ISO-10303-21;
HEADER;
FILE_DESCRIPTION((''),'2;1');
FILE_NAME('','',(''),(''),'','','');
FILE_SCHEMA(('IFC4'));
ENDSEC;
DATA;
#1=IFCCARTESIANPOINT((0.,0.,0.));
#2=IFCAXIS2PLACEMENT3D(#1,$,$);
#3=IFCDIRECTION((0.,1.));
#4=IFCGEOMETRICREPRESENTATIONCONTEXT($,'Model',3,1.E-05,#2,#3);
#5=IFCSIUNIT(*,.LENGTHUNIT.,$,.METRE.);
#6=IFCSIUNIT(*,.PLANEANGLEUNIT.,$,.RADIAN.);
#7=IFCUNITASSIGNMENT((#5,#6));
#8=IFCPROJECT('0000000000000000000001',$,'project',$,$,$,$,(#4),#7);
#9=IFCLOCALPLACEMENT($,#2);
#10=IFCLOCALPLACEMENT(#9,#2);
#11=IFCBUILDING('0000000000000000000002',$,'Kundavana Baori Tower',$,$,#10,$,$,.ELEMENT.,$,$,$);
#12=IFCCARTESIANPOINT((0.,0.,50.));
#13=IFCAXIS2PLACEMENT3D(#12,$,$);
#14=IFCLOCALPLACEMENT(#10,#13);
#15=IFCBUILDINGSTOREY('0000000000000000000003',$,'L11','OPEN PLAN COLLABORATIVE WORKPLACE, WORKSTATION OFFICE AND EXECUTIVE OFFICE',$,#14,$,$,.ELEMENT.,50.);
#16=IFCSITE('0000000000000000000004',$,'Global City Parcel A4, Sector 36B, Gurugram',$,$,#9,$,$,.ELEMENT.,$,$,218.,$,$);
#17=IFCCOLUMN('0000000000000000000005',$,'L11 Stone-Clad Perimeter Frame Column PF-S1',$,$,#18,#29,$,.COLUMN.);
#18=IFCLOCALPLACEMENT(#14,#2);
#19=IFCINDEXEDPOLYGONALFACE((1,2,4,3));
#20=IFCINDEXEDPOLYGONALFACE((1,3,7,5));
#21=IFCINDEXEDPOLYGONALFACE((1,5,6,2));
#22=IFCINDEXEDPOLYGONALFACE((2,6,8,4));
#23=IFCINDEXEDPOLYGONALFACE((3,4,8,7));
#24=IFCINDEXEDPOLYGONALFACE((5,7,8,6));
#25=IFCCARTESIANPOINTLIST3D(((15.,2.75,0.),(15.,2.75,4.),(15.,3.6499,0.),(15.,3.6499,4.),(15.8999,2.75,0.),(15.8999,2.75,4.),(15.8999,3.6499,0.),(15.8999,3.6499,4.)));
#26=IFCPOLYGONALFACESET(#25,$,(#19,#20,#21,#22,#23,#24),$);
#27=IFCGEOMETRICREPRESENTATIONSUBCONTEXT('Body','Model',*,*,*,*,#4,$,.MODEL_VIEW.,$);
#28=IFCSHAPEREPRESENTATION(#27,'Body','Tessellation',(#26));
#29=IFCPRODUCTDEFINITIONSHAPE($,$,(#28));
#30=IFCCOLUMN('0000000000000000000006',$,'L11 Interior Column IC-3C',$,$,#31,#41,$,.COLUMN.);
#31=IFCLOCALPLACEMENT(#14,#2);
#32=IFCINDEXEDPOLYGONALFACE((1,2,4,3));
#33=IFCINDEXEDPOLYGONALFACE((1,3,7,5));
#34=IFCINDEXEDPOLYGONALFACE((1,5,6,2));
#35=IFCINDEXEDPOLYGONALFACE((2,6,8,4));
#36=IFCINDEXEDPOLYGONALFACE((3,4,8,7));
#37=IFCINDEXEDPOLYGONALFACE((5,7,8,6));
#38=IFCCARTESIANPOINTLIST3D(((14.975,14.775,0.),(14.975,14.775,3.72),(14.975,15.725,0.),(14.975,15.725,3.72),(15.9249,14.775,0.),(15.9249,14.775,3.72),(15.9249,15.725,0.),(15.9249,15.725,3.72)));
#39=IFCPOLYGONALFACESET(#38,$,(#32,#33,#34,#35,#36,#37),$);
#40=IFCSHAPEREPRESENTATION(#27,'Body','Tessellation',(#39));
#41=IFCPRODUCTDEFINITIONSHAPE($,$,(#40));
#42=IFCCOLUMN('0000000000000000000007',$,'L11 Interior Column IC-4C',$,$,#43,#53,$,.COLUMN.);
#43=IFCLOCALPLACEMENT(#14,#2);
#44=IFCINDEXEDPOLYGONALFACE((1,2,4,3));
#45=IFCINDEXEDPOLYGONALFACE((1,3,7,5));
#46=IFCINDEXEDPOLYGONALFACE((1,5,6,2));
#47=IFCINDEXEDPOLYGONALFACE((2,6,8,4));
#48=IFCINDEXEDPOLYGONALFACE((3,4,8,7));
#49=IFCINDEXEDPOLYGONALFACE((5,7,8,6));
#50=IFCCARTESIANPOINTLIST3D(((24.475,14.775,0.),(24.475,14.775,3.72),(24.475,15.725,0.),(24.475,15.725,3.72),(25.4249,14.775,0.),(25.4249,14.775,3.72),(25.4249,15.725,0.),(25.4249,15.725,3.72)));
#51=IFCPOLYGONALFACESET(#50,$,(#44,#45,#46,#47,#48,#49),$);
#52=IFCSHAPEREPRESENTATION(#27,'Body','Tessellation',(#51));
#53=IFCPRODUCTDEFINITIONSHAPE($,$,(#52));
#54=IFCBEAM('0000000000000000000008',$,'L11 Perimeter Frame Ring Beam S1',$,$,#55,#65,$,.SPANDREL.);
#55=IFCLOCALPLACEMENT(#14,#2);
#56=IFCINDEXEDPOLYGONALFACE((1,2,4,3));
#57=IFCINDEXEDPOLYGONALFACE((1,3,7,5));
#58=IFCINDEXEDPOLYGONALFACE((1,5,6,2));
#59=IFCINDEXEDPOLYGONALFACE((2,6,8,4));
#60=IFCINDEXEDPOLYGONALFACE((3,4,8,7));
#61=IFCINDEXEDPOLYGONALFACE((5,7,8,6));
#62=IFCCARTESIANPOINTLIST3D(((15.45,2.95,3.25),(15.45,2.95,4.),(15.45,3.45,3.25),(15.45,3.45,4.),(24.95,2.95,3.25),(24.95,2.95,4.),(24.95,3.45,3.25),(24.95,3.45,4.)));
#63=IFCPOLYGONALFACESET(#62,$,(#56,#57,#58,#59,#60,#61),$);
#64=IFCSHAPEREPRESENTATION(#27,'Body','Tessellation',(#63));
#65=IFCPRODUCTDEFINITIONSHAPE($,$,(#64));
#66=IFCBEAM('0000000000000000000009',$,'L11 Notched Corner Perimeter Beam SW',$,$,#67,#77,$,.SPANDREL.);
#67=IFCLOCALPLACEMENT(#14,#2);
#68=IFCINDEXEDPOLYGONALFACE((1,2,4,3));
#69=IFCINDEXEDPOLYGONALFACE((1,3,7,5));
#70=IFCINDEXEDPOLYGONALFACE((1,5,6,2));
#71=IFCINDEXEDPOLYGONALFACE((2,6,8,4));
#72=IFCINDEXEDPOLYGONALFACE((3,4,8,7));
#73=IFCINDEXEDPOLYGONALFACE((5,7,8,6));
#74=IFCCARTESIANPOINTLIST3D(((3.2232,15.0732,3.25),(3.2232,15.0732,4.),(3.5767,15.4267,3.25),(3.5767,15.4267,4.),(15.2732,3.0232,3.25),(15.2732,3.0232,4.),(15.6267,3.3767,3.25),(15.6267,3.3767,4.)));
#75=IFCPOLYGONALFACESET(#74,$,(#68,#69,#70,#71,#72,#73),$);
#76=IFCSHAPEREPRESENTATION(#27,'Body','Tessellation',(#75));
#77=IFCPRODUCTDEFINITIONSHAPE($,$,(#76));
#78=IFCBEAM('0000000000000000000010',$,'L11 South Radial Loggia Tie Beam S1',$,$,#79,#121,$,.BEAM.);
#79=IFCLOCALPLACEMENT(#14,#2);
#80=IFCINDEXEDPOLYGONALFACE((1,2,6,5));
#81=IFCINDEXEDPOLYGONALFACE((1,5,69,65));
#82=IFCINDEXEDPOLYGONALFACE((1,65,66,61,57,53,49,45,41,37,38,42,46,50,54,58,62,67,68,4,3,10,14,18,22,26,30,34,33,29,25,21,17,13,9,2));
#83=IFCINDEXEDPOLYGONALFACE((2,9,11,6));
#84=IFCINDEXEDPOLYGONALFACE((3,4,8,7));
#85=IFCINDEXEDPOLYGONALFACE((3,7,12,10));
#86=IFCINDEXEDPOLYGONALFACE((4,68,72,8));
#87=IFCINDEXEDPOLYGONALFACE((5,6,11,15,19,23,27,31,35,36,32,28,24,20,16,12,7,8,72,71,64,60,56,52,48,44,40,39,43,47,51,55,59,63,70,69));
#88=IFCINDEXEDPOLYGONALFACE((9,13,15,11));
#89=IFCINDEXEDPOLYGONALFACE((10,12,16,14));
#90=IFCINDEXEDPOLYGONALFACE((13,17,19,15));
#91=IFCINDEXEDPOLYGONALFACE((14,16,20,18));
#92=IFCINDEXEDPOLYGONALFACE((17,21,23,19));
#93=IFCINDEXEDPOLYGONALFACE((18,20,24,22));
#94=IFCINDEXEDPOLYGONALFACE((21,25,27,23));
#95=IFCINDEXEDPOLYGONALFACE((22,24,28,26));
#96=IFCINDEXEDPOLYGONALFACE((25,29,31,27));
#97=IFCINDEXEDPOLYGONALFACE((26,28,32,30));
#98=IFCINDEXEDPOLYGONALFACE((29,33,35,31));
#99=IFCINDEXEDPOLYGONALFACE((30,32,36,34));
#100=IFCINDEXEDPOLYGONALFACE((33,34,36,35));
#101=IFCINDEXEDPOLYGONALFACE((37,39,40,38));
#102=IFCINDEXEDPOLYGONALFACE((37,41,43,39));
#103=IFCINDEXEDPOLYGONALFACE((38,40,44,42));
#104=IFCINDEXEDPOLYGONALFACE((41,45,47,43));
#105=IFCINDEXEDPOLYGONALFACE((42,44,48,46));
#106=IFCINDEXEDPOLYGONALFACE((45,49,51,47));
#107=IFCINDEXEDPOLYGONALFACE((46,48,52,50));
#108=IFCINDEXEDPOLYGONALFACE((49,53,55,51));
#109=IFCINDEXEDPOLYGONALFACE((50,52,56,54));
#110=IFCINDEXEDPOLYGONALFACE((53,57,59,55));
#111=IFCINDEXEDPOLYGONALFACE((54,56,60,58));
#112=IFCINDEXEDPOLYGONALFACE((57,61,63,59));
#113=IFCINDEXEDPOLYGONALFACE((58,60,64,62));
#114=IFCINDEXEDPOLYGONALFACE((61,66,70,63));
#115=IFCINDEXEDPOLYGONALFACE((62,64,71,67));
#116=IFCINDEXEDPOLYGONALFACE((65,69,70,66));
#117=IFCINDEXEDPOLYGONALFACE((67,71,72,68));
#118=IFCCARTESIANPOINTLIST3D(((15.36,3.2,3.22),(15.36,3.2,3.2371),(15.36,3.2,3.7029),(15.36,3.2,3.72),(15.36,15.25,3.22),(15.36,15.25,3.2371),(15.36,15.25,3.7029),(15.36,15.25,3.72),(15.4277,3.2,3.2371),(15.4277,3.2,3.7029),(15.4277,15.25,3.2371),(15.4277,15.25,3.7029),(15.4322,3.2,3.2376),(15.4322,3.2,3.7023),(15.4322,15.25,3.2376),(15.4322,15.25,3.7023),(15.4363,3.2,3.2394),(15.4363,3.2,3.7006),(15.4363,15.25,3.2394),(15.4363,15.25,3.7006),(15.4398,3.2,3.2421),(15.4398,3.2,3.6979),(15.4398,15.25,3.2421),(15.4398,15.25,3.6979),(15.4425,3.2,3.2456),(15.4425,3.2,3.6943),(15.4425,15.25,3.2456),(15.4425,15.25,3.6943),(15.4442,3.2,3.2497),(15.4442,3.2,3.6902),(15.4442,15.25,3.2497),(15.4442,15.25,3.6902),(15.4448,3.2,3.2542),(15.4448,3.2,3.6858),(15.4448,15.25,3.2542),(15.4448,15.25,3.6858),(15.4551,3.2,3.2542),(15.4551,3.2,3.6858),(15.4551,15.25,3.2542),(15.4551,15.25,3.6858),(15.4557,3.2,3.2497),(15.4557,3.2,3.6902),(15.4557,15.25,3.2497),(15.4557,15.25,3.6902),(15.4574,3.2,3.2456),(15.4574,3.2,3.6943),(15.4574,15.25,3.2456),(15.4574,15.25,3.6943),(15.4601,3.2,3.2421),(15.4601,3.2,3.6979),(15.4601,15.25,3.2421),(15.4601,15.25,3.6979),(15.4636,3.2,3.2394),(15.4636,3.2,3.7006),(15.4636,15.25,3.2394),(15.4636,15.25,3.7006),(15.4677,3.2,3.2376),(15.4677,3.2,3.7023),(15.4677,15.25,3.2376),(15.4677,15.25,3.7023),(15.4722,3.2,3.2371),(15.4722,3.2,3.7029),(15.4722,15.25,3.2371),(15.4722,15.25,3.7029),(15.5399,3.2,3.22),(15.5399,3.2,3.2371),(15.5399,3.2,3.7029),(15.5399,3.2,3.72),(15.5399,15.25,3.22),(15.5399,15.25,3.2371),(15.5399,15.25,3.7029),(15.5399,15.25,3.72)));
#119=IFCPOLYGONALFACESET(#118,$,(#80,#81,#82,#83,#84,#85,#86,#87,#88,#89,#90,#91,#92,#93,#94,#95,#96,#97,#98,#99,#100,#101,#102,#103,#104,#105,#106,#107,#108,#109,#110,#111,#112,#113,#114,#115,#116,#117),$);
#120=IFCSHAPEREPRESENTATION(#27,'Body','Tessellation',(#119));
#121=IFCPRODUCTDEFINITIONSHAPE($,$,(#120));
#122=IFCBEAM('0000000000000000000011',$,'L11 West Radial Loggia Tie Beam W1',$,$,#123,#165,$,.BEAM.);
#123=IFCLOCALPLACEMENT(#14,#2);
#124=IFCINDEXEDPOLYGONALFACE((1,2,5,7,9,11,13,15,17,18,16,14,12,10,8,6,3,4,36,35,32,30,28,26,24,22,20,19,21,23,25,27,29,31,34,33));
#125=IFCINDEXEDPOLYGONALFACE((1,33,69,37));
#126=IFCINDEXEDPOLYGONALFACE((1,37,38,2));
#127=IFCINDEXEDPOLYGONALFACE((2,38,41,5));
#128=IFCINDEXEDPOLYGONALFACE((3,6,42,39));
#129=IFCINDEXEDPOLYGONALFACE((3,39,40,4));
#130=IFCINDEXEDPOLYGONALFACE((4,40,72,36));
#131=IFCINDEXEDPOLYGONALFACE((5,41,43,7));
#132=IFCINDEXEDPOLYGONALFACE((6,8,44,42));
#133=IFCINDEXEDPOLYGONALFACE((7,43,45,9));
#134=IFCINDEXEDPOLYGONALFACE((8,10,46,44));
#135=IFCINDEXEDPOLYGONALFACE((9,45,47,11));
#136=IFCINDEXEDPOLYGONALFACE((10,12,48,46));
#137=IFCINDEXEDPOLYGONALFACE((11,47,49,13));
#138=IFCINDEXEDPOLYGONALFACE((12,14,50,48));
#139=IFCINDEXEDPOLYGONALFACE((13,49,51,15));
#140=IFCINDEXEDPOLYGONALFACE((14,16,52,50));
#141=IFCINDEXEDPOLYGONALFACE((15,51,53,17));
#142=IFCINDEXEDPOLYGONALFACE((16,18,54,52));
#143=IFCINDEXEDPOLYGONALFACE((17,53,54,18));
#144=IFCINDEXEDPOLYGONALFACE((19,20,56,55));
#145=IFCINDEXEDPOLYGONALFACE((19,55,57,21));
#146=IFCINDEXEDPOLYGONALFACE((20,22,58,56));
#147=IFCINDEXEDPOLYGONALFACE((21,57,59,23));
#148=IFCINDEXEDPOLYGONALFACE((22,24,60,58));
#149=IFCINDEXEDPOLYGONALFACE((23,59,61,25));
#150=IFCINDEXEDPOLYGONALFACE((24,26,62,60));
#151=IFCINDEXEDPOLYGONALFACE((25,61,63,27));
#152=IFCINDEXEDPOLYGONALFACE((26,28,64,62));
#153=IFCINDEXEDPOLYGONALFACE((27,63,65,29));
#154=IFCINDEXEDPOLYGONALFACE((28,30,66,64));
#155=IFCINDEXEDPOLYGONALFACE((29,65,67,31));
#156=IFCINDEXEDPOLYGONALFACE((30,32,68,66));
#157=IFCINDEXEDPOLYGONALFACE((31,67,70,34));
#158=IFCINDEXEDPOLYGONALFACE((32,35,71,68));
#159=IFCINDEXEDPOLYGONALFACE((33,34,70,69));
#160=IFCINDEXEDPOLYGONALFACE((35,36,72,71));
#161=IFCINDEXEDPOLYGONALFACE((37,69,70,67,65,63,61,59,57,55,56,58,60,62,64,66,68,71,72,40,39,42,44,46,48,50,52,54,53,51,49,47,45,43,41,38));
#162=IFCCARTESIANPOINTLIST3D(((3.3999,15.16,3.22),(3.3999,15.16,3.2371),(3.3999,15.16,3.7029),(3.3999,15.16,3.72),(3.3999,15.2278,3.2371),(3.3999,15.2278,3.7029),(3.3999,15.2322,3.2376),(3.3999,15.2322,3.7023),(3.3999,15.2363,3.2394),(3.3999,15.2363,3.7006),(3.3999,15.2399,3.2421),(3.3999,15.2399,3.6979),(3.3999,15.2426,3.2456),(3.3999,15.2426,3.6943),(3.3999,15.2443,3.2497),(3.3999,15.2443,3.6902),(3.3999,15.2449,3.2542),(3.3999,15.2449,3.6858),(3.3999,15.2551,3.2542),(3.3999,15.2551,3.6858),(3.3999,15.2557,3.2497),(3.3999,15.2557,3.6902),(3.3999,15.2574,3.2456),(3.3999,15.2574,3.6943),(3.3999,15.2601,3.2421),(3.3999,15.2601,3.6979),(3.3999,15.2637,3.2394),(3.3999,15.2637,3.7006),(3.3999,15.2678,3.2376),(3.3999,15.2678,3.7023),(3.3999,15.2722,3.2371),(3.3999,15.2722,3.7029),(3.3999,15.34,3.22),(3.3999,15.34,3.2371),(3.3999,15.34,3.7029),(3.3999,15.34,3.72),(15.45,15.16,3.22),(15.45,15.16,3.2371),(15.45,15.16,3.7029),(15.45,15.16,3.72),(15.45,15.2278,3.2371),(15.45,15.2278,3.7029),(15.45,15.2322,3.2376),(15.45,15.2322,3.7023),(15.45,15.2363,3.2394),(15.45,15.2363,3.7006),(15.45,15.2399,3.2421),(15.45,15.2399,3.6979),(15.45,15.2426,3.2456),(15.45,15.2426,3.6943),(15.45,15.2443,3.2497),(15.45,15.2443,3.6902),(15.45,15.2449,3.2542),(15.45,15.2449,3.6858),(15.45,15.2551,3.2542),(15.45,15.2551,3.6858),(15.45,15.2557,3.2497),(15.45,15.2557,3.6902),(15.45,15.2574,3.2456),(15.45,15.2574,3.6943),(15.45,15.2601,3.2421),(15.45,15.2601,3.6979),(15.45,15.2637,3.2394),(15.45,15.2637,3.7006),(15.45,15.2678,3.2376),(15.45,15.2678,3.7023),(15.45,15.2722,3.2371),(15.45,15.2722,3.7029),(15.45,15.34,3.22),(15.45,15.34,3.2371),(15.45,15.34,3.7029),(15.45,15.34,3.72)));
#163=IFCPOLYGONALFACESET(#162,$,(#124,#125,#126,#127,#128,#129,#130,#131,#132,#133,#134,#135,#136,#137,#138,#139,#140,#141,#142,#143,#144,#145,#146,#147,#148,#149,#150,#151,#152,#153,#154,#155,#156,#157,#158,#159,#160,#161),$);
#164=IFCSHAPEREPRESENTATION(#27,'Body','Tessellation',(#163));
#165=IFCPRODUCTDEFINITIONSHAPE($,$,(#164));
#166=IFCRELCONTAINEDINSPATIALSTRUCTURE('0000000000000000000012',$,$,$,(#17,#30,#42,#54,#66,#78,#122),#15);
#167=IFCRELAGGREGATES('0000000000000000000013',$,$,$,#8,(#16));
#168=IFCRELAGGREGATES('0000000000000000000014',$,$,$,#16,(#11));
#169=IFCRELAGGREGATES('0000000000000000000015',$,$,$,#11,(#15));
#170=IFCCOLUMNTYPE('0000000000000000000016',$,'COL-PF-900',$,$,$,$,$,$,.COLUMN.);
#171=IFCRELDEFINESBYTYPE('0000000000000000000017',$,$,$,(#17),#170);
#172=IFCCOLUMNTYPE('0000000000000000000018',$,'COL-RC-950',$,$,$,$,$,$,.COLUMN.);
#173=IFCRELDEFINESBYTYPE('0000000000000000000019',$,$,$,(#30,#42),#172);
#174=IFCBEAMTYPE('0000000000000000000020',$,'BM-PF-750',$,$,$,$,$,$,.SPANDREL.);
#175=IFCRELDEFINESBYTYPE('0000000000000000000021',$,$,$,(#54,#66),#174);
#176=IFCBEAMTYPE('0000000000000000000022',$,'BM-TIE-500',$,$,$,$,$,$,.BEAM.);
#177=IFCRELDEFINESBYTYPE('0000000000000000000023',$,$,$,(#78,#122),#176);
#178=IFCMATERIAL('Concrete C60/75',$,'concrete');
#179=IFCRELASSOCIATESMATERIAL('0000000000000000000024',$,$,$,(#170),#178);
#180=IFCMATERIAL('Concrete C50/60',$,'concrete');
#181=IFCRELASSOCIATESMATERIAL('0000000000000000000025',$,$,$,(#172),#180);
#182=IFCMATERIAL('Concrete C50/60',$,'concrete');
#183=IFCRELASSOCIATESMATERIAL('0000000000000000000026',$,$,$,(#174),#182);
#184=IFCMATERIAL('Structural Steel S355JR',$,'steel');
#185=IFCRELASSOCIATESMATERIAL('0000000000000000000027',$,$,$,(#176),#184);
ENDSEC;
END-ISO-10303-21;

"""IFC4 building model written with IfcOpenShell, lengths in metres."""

from ifc_helpers import new_model, si_unit, direction, frame, origin, origin_2d, place, context, subcontext, project, spatial, rectangle, i_section, extrude, material, material_profile, profile_set, type_object, element, save


model = new_model("IFC4")

# Units and contexts
model_context = context("Model", 3, precision=1e-05, world=origin(), true_north=direction((0.0, 1.0)))
body_context = subcontext(model_context, "Body", "Model", "MODEL_VIEW")
ifc_project = project(units=[si_unit("LENGTHUNIT", "METRE"), si_unit("PLANEANGLEUNIT", "RADIAN")], contexts=[model_context])

# Site, building, storey
site_placement = place(None, origin())
site = spatial("IfcSite", under=ifc_project, at=site_placement, Name="Global City Parcel A4, Sector 36B, Gurugram", CompositionType="ELEMENT", RefElevation=218.0)
building_placement = place(site_placement, origin())
building = spatial("IfcBuilding", under=site, at=building_placement, Name="Kundavana Baori Tower", CompositionType="ELEMENT")
storey_placement = place(building_placement, frame((0.0, 0.0, 50.0)))
storey = spatial("IfcBuildingStorey", under=building, at=storey_placement, Name="L11", Description="OPEN PLAN COLLABORATIVE WORKPLACE, WORKSTATION OFFICE AND EXECUTIVE OFFICE", CompositionType="ELEMENT", Elevation=50.0)

# Columns
ifc_material_1 = material(Name="Concrete C60/75", Category="concrete")
ifc_material_profile_1 = material_profile(ifc_material_1, rectangle(XDim=0.8999, YDim=0.8999, at=origin_2d()), Name="RC PF 900x900")
ifc_profile_set_1 = profile_set([ifc_material_profile_1], Name="Concrete C60/75")
column_type_1 = type_object("IfcColumnType", Name="COL-PF-900", PredefinedType="COLUMN", material=ifc_profile_set_1)
column_placement = place(storey_placement, frame((15.45, 3.2, 0.0), z_axis=(0.0, 0.0, 1.0), x_axis=(1.0, 0.0, 0.0)))
element("IfcColumn", 1, at=column_placement, inside=storey, type_object=column_type_1, Name="L11 Stone-Clad Perimeter Frame Column PF-S1", PredefinedType="COLUMN", context=body_context, shape_type="SweptSolid", body=[
    extrude(rectangle(XDim=0.8999, YDim=0.8999, at=origin_2d()), origin(), (0.0, 0.0, 1.0), 4.0),
])
ifc_material_2 = material(Name="Concrete C50/60", Category="concrete")
ifc_material_profile_2 = material_profile(ifc_material_2, rectangle(XDim=0.95, YDim=0.95, at=origin_2d()), Name="RC 950x950")
ifc_profile_set_2 = profile_set([ifc_material_profile_2], Name="Concrete C50/60")
column_type_2 = type_object("IfcColumnType", Name="COL-RC-950", PredefinedType="COLUMN", material=ifc_profile_set_2)
for number, where, z_axis, x_axis, name in (
    (2, (15.45, 15.25, 0.0), (0.0, 0.0, 1.0), (1.0, 0.0, 0.0), "L11 Interior Column IC-3C"),
    (3, (24.95, 15.25, 0.0), (0.0, 0.0, 1.0), (1.0, 0.0, 0.0), "L11 Interior Column IC-4C"),
):
    element("IfcColumn", number, at=place(storey_placement, frame(where, z_axis=z_axis, x_axis=x_axis)), inside=storey, type_object=column_type_2, Name=name, PredefinedType="COLUMN", context=body_context, shape_type="SweptSolid", body=[
        extrude(rectangle(XDim=0.95, YDim=0.95, at=origin_2d()), origin(), (0.0, 0.0, 1.0), 3.72),
    ])

# Beams
ifc_material_3 = material(Name="Concrete C50/60", Category="concrete")
ifc_material_profile_3 = material_profile(ifc_material_3, rectangle(XDim=0.5, YDim=0.75, at=origin_2d()), Name="RC BM 500x750")
ifc_profile_set_3 = profile_set([ifc_material_profile_3], Name="Concrete C50/60")
beam_type_1 = type_object("IfcBeamType", Name="BM-PF-750", PredefinedType="SPANDREL", material=ifc_profile_set_3)
beam_1_placement = place(storey_placement, frame((15.45, 3.2, 3.625), z_axis=(1.0, 0.0, 0.0), x_axis=(0.0, 1.0, 0.0)))
element("IfcBeam", 4, at=beam_1_placement, inside=storey, type_object=beam_type_1, Name="L11 Perimeter Frame Ring Beam S1", PredefinedType="SPANDREL", context=body_context, shape_type="SweptSolid", body=[
    extrude(rectangle(XDim=0.5, YDim=0.75, at=origin_2d()), origin(), (0.0, 0.0, 1.0), 9.5),
])
beam_2_placement = place(storey_placement, frame((15.45, 3.2, 3.625), z_axis=(-0.707107, 0.707107, 0.0), x_axis=(-0.707107, -0.707107, 0.0)))
element("IfcBeam", 5, at=beam_2_placement, inside=storey, type_object=beam_type_1, Name="L11 Notched Corner Perimeter Beam SW", PredefinedType="SPANDREL", context=body_context, shape_type="SweptSolid", body=[
    extrude(rectangle(XDim=0.5, YDim=0.75, at=origin_2d()), origin(), (0.0, 0.0, 1.0), 17.0413),
])
ifc_material_4 = material(Name="Structural Steel S355JR", Category="steel")
ifc_material_profile_4 = material_profile(ifc_material_4, i_section(OverallWidth=0.1799, OverallDepth=0.5, WebThickness=0.0103, FlangeThickness=0.0171, FilletRadius=0.0171, at=origin_2d()), Name="ISMB 500")
ifc_profile_set_4 = profile_set([ifc_material_profile_4], Name="Structural Steel S355JR")
beam_type_2 = type_object("IfcBeamType", Name="BM-TIE-500", PredefinedType="BEAM", material=ifc_profile_set_4)
for number, where, z_axis, x_axis, name in (
    (6, (15.45, 15.25, 3.47), (0.0, -1.0, 0.0), (1.0, 0.0, 0.0), "L11 South Radial Loggia Tie Beam S1"),
    (7, (15.45, 15.25, 3.47), (-1.0, 0.0, 0.0), (0.0, -1.0, 0.0), "L11 West Radial Loggia Tie Beam W1"),
):
    element("IfcBeam", number, at=place(storey_placement, frame(where, z_axis=z_axis, x_axis=x_axis)), inside=storey, type_object=beam_type_2, Name=name, PredefinedType="BEAM", context=body_context, shape_type="SweptSolid", body=[
        extrude(i_section(OverallWidth=0.1799, OverallDepth=0.5, WebThickness=0.0103, FlangeThickness=0.0171, FilletRadius=0.0171, at=origin_2d()), origin(), (0.0, 0.0, 1.0), 12.05),
    ])

save(model, "model.ifc")
